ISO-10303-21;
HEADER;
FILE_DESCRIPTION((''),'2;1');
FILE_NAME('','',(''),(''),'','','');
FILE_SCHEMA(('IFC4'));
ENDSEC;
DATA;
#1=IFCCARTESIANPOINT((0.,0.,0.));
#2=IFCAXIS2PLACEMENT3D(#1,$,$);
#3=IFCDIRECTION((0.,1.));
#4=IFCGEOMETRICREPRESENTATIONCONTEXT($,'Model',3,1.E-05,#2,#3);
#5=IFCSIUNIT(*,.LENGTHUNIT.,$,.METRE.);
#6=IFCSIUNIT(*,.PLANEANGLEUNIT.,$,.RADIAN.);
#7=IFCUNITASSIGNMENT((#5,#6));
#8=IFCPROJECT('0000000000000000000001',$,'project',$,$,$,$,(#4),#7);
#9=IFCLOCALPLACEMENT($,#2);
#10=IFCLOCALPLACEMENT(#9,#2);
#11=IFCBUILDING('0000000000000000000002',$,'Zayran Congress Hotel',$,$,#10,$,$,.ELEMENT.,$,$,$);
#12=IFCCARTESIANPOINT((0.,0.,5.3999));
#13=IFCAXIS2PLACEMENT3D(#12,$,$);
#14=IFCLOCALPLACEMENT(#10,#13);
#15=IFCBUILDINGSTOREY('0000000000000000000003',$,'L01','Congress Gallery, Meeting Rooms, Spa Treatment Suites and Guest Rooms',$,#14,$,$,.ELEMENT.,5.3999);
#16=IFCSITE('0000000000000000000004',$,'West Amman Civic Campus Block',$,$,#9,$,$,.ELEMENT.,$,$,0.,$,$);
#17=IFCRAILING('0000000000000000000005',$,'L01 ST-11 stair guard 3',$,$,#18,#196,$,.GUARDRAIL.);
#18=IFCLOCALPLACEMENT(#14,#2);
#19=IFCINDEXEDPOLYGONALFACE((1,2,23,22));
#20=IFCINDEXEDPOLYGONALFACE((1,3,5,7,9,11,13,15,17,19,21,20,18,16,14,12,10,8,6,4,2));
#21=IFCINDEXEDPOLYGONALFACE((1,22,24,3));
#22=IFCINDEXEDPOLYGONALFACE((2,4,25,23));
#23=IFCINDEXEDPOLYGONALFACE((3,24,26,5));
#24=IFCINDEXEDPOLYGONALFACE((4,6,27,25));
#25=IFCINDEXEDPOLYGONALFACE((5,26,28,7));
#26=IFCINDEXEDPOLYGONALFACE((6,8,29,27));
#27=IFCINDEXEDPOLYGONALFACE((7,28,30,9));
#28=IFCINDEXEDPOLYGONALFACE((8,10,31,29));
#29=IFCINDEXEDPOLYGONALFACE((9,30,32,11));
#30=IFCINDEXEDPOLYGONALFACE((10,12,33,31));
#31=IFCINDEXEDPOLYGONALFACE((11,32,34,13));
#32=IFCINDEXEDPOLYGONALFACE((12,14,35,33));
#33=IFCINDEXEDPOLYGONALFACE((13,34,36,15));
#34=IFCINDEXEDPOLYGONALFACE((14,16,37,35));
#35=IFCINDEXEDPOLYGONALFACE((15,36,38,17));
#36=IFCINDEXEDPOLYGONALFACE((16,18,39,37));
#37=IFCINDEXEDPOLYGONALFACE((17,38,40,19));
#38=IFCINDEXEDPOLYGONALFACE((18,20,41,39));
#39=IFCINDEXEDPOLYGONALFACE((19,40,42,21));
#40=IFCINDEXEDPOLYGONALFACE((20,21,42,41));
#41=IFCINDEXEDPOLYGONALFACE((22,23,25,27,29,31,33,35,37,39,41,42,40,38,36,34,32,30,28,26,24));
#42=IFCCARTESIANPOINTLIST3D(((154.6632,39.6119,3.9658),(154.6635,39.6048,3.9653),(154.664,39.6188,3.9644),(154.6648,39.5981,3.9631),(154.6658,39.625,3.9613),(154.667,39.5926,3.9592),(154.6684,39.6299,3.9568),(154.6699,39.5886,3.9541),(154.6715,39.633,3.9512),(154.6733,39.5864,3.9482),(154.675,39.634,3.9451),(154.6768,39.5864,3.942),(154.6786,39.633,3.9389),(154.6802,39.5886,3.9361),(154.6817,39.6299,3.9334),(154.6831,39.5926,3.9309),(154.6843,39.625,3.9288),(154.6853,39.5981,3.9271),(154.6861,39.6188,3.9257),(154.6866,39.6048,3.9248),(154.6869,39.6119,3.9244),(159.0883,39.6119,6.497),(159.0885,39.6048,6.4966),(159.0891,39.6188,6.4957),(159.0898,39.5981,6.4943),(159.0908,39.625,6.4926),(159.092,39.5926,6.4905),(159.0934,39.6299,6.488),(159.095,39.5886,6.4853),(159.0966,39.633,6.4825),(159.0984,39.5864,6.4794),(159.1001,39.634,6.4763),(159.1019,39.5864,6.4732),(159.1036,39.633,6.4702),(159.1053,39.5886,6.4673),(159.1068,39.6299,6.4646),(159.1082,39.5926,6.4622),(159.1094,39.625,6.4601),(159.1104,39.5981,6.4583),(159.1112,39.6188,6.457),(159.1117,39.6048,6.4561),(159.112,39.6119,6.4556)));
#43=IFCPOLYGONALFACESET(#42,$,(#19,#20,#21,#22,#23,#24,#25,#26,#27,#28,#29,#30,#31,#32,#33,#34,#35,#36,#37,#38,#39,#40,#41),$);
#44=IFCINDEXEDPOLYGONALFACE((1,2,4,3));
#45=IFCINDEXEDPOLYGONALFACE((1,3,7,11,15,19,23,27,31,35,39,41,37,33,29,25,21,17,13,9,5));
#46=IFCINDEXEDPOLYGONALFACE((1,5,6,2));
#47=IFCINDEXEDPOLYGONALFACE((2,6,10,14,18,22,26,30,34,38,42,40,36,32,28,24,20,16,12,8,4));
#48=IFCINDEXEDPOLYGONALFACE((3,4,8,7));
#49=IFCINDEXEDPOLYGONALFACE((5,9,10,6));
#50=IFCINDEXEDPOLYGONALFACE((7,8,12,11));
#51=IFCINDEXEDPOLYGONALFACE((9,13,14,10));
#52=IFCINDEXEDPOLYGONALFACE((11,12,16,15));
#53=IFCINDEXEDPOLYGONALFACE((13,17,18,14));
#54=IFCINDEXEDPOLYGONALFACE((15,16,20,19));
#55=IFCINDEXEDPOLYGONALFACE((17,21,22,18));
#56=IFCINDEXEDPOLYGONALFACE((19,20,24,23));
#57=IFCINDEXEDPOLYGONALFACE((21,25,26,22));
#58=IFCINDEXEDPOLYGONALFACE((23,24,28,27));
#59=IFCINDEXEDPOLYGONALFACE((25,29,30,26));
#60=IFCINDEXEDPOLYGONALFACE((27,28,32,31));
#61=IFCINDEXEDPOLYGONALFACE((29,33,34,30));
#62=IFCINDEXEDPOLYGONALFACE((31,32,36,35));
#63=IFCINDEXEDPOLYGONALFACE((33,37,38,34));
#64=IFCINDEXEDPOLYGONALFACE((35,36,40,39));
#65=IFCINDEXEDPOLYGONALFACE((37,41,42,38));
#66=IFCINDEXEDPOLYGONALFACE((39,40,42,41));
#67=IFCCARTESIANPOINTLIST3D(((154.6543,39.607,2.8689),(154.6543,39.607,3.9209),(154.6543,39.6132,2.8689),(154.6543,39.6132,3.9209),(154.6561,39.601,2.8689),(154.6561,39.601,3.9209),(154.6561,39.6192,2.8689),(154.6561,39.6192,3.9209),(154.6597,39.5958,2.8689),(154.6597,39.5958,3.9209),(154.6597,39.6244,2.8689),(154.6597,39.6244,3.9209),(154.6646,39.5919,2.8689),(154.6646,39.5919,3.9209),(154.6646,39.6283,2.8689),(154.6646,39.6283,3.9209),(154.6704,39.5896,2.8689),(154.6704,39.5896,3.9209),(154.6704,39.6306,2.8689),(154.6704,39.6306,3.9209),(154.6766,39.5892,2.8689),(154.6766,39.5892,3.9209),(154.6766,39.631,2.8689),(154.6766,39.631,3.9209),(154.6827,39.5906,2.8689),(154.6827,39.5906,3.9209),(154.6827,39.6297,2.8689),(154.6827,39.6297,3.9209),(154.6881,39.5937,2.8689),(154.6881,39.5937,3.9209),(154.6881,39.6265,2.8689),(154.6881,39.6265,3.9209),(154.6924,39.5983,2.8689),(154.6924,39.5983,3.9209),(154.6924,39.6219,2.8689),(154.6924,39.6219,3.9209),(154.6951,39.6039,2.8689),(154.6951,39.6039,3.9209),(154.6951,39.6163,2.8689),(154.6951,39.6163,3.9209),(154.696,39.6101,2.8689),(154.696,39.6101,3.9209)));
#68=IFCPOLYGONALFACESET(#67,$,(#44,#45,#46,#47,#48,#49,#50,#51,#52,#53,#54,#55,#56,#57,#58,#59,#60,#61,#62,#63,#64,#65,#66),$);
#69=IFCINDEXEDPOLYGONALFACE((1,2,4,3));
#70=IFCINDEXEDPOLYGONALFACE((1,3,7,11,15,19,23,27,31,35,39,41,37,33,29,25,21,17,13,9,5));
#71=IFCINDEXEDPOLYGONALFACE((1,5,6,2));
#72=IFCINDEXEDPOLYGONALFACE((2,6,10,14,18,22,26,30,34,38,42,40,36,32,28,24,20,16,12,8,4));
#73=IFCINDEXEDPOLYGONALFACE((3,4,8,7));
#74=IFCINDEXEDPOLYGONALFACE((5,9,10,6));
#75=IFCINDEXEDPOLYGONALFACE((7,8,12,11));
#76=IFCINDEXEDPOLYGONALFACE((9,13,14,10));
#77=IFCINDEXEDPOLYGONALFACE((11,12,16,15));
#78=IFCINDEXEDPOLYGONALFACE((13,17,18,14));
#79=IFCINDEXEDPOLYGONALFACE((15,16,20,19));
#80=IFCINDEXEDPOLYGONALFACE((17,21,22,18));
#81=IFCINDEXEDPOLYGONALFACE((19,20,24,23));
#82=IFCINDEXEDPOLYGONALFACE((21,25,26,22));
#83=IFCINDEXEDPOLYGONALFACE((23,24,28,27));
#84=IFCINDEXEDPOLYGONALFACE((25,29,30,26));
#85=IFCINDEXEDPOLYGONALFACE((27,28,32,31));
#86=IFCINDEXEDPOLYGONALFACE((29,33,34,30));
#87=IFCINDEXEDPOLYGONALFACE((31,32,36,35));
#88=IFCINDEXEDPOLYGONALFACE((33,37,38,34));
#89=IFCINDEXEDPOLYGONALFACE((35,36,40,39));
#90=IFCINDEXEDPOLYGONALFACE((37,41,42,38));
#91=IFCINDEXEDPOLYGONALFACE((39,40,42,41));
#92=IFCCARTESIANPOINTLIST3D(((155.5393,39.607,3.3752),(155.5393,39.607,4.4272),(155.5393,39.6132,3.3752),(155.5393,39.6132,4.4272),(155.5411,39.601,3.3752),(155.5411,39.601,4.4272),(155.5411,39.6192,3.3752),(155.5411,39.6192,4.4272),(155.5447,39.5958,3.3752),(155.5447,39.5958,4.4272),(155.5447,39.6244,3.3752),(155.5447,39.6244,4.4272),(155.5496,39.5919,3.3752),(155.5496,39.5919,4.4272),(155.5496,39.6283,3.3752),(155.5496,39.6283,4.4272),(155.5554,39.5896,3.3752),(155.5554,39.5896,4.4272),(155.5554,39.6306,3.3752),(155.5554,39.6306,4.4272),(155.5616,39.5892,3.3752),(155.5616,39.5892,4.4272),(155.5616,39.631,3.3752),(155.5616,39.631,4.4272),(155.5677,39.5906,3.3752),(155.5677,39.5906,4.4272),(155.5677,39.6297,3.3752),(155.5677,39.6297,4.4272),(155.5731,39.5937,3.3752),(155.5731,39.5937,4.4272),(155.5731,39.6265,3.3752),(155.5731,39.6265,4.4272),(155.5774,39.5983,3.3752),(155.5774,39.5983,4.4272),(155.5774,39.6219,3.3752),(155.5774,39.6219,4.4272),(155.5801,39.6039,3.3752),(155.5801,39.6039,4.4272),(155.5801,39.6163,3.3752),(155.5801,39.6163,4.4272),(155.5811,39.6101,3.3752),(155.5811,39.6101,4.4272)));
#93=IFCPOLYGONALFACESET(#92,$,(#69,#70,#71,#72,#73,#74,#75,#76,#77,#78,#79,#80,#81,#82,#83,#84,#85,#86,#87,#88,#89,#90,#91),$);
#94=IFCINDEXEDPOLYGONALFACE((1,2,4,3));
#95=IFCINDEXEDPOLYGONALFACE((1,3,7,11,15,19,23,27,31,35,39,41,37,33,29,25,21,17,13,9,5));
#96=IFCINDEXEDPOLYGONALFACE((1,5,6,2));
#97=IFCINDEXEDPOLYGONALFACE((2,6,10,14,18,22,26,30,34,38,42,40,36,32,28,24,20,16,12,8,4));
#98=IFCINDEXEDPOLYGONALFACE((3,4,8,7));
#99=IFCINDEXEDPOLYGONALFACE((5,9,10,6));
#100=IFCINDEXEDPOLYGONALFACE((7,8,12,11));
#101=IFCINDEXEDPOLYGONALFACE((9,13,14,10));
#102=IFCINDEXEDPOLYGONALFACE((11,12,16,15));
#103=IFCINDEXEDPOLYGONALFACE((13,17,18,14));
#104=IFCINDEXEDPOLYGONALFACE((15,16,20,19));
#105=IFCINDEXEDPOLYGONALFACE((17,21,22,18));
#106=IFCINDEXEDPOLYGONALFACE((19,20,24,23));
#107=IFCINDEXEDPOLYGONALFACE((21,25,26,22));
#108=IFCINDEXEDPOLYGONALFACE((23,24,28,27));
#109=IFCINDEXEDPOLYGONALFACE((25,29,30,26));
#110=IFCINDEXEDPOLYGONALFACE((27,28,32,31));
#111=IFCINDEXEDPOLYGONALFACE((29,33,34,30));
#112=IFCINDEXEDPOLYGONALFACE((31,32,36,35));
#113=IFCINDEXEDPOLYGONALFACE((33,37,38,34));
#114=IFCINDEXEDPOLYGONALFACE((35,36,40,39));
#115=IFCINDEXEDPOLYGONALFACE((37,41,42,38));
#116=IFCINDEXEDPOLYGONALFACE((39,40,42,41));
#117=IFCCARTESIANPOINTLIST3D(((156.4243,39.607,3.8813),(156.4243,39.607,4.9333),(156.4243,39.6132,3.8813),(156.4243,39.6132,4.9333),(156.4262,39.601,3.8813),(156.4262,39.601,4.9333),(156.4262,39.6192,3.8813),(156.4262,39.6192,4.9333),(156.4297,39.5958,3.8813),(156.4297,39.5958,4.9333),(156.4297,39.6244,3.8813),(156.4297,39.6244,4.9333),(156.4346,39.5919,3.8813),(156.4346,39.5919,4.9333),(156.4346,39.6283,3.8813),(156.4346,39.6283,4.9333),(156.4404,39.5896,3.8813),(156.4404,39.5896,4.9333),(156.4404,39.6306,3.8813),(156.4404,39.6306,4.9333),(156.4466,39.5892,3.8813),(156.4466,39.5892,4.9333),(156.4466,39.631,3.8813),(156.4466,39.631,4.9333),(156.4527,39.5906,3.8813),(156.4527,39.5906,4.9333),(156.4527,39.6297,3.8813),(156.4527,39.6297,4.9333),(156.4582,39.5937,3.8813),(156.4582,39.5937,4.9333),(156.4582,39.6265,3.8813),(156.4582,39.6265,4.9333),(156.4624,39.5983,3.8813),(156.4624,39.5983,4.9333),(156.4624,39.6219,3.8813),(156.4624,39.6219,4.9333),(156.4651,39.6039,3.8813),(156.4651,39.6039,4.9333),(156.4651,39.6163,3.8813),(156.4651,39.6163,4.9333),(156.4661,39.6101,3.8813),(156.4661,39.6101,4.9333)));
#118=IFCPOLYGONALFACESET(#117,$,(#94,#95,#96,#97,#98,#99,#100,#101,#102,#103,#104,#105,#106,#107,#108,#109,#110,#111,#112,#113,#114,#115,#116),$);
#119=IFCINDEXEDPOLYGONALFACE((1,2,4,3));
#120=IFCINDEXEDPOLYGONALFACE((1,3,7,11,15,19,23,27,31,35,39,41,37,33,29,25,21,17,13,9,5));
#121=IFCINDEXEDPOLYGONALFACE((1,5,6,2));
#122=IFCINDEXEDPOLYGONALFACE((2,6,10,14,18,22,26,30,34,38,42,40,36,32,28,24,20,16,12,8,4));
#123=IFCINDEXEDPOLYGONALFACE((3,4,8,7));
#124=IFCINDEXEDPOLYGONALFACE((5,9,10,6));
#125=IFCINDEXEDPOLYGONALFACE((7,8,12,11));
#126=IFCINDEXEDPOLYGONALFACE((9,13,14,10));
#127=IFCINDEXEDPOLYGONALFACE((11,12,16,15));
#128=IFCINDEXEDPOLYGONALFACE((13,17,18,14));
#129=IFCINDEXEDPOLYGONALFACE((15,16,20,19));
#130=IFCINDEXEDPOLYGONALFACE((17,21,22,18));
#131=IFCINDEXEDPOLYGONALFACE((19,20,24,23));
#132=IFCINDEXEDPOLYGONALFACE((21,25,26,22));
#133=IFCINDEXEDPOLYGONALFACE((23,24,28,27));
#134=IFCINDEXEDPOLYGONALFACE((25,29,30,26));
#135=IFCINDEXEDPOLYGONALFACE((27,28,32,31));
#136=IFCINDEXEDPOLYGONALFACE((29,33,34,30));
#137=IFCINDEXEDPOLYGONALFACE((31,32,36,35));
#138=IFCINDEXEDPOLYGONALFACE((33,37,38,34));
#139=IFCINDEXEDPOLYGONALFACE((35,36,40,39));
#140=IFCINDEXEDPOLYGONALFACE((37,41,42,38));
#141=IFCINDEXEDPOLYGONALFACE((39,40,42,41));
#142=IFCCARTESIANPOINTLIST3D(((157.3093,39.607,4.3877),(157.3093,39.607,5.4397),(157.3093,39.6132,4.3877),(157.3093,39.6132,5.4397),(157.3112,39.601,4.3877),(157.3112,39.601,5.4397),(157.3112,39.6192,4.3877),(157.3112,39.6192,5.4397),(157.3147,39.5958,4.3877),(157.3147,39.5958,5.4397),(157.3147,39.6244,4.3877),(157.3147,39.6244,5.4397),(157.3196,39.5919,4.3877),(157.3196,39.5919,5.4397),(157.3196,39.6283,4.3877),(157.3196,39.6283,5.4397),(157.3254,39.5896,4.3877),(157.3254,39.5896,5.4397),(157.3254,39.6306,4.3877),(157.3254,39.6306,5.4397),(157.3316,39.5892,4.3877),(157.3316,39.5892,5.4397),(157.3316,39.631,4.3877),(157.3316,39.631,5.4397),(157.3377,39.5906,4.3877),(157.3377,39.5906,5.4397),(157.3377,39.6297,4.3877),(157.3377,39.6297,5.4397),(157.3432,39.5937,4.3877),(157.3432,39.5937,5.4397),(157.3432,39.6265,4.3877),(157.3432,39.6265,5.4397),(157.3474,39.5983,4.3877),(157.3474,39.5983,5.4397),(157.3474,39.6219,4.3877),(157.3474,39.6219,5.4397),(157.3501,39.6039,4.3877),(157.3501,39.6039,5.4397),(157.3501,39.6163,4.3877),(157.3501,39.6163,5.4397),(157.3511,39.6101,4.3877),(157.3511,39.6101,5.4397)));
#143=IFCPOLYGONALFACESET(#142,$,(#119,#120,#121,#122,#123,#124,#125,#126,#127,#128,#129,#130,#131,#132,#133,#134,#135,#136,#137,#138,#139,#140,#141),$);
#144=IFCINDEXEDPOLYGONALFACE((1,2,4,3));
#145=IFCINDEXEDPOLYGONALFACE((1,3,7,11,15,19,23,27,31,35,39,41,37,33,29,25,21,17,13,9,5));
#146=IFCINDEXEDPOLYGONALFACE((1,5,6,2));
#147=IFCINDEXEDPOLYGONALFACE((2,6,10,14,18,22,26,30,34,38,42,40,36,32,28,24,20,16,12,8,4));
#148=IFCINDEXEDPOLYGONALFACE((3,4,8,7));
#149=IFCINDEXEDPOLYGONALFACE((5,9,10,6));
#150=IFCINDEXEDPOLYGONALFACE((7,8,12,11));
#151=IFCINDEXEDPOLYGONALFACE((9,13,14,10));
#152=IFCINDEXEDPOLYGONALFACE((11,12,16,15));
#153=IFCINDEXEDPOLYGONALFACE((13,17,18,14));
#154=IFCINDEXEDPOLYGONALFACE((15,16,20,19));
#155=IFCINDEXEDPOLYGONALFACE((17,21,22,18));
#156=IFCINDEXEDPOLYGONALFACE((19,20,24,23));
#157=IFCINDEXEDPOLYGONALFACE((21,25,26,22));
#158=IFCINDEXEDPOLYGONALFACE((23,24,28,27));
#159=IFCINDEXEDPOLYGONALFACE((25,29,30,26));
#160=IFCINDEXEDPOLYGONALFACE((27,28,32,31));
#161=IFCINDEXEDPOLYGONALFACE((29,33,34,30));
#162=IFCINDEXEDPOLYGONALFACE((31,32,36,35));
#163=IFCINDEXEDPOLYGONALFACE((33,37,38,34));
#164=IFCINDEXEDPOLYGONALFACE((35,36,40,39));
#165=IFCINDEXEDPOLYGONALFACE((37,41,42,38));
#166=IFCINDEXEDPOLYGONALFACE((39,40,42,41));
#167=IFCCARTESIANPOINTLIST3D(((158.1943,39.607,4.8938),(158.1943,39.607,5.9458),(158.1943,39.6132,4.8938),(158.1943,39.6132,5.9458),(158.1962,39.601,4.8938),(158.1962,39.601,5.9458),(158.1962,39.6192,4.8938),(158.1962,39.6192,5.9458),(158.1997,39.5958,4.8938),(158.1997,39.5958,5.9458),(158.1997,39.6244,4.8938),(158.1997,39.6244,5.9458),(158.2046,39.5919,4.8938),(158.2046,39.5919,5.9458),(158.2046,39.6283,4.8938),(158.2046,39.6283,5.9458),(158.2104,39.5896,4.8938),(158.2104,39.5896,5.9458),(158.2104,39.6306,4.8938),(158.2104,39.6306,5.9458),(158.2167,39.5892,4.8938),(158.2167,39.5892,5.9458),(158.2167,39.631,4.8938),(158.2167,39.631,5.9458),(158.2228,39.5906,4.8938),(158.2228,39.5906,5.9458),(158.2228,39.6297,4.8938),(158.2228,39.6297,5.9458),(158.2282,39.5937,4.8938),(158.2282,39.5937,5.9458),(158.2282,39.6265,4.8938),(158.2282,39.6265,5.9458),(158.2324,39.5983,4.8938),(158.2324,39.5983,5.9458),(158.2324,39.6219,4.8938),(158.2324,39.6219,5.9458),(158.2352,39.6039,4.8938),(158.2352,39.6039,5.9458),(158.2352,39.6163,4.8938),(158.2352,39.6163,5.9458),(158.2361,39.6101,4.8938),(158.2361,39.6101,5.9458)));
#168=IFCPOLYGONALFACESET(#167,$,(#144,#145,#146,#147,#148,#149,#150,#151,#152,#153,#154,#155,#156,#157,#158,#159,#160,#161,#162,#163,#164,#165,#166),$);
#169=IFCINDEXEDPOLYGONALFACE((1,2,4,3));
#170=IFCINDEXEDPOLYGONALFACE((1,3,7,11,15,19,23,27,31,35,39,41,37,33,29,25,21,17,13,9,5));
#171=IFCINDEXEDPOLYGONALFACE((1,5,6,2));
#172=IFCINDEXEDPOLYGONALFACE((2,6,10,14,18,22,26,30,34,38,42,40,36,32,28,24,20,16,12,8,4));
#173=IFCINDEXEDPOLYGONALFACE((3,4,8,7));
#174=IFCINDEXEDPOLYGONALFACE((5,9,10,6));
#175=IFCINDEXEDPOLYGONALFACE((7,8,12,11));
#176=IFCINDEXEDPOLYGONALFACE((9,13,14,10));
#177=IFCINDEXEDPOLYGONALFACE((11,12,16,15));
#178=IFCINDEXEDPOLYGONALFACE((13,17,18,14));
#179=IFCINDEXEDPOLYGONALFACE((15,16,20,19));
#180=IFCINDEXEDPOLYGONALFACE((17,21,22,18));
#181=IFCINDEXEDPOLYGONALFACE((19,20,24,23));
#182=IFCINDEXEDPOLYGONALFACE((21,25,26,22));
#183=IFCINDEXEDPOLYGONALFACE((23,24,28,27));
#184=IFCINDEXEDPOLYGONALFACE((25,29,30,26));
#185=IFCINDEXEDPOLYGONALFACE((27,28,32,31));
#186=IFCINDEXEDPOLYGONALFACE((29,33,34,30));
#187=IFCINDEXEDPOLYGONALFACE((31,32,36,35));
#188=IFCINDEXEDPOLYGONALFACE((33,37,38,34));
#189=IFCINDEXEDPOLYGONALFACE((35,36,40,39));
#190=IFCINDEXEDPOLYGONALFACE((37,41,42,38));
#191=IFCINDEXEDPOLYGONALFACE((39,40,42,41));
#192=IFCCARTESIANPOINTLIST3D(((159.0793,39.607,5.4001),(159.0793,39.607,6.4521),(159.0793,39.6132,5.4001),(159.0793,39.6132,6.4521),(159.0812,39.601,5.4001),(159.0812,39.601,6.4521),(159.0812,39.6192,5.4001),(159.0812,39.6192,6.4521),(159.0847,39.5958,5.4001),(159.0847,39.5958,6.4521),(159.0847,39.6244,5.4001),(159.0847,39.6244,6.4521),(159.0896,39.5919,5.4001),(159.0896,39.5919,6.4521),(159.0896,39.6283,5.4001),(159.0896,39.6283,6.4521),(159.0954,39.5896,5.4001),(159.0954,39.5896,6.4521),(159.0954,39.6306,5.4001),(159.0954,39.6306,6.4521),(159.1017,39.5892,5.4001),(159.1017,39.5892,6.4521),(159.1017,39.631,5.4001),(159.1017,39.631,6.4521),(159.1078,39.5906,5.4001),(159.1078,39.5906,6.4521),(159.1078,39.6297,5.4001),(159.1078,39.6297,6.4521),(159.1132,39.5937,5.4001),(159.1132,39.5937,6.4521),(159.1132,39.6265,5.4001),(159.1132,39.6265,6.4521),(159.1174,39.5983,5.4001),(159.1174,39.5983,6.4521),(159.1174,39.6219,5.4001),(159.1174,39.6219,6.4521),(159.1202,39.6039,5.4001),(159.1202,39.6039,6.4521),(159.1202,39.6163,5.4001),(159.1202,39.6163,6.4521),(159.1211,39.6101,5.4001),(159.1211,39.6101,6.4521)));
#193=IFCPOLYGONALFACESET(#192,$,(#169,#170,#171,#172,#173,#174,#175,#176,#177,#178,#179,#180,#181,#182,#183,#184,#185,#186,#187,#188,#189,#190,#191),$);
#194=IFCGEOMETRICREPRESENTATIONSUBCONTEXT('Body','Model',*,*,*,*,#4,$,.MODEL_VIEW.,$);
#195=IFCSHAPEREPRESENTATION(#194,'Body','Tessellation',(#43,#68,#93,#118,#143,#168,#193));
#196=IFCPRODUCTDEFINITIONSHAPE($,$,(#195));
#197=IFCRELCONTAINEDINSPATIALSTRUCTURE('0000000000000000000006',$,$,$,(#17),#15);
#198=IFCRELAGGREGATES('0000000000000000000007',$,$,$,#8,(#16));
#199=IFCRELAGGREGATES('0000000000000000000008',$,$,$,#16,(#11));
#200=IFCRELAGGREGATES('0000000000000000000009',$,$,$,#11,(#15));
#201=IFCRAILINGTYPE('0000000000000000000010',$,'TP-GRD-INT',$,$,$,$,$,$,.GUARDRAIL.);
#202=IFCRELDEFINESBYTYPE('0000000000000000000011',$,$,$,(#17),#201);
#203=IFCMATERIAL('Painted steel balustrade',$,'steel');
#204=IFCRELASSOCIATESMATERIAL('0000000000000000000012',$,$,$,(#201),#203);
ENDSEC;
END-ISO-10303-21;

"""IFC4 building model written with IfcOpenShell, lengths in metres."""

from ifc_helpers import new_model, si_unit, direction, frame, origin, origin_2d, place, context, subcontext, project, spatial, circle, extrude, material, type_object, element, save


model = new_model("IFC4")

# Units and contexts
model_context = context("Model", 3, precision=1e-05, world=origin(), true_north=direction((0.0, 1.0)))
body_context = subcontext(model_context, "Body", "Model", "MODEL_VIEW")
ifc_project = project(units=[si_unit("LENGTHUNIT", "METRE"), si_unit("PLANEANGLEUNIT", "RADIAN")], contexts=[model_context])

# Site, building, storey
site_placement = place(None, origin())
site = spatial("IfcSite", under=ifc_project, at=site_placement, Name="West Amman Civic Campus Block", CompositionType="ELEMENT", RefElevation=0.0)
building_placement = place(site_placement, origin())
building = spatial("IfcBuilding", under=site, at=building_placement, Name="Zayran Congress Hotel", CompositionType="ELEMENT")
storey_placement = place(building_placement, frame((0.0, 0.0, 5.3999)))
storey = spatial("IfcBuildingStorey", under=building, at=storey_placement, Name="L01", Description="Congress Gallery, Meeting Rooms, Spa Treatment Suites and Guest Rooms", CompositionType="ELEMENT", Elevation=5.3999)

# Railing
ifc_material_1 = material(Name="Painted steel balustrade", Category="steel")
railing_type_1 = type_object("IfcRailingType", Name="TP-GRD-INT", PredefinedType="GUARDRAIL", material=ifc_material_1)
railing_1_placement = place(storey_placement, frame((154.675, 39.6101, 2.8689)))
element("IfcRailing", 1, at=railing_1_placement, inside=storey, type_object=railing_type_1, Name="L01 ST-11 stair guard 3", PredefinedType="GUARDRAIL", context=body_context, shape_type="SweptSolid", body=[
    extrude(circle(Radius=0.0239, at=origin_2d()), frame((0.0, 0.0, 1.0762), z_axis=(0.868019, 0.0, 0.496531), x_axis=(0.0, 1.0, 0.0)), (0.0, 0.0, 1.0), 5.0979),
    extrude(circle(Radius=0.021, at=origin_2d()), origin(), (0.0, 0.0, 1.0), 1.052),
    extrude(circle(Radius=0.021, at=origin_2d()), frame((0.885, 0.0, 0.5063)), (0.0, 0.0, 1.0), 1.052),
    extrude(circle(Radius=0.021, at=origin_2d()), frame((1.77, 0.0, 1.0125)), (0.0, 0.0, 1.0), 1.052),
    extrude(circle(Radius=0.021, at=origin_2d()), frame((2.655, 0.0, 1.5188)), (0.0, 0.0, 1.0), 1.052),
    extrude(circle(Radius=0.021, at=origin_2d()), frame((3.54, 0.0, 2.0249)), (0.0, 0.0, 1.0), 1.052),
    extrude(circle(Radius=0.021, at=origin_2d()), frame((4.425, 0.0, 2.5312)), (0.0, 0.0, 1.0), 1.052),
])

save(model, "model.ifc")
